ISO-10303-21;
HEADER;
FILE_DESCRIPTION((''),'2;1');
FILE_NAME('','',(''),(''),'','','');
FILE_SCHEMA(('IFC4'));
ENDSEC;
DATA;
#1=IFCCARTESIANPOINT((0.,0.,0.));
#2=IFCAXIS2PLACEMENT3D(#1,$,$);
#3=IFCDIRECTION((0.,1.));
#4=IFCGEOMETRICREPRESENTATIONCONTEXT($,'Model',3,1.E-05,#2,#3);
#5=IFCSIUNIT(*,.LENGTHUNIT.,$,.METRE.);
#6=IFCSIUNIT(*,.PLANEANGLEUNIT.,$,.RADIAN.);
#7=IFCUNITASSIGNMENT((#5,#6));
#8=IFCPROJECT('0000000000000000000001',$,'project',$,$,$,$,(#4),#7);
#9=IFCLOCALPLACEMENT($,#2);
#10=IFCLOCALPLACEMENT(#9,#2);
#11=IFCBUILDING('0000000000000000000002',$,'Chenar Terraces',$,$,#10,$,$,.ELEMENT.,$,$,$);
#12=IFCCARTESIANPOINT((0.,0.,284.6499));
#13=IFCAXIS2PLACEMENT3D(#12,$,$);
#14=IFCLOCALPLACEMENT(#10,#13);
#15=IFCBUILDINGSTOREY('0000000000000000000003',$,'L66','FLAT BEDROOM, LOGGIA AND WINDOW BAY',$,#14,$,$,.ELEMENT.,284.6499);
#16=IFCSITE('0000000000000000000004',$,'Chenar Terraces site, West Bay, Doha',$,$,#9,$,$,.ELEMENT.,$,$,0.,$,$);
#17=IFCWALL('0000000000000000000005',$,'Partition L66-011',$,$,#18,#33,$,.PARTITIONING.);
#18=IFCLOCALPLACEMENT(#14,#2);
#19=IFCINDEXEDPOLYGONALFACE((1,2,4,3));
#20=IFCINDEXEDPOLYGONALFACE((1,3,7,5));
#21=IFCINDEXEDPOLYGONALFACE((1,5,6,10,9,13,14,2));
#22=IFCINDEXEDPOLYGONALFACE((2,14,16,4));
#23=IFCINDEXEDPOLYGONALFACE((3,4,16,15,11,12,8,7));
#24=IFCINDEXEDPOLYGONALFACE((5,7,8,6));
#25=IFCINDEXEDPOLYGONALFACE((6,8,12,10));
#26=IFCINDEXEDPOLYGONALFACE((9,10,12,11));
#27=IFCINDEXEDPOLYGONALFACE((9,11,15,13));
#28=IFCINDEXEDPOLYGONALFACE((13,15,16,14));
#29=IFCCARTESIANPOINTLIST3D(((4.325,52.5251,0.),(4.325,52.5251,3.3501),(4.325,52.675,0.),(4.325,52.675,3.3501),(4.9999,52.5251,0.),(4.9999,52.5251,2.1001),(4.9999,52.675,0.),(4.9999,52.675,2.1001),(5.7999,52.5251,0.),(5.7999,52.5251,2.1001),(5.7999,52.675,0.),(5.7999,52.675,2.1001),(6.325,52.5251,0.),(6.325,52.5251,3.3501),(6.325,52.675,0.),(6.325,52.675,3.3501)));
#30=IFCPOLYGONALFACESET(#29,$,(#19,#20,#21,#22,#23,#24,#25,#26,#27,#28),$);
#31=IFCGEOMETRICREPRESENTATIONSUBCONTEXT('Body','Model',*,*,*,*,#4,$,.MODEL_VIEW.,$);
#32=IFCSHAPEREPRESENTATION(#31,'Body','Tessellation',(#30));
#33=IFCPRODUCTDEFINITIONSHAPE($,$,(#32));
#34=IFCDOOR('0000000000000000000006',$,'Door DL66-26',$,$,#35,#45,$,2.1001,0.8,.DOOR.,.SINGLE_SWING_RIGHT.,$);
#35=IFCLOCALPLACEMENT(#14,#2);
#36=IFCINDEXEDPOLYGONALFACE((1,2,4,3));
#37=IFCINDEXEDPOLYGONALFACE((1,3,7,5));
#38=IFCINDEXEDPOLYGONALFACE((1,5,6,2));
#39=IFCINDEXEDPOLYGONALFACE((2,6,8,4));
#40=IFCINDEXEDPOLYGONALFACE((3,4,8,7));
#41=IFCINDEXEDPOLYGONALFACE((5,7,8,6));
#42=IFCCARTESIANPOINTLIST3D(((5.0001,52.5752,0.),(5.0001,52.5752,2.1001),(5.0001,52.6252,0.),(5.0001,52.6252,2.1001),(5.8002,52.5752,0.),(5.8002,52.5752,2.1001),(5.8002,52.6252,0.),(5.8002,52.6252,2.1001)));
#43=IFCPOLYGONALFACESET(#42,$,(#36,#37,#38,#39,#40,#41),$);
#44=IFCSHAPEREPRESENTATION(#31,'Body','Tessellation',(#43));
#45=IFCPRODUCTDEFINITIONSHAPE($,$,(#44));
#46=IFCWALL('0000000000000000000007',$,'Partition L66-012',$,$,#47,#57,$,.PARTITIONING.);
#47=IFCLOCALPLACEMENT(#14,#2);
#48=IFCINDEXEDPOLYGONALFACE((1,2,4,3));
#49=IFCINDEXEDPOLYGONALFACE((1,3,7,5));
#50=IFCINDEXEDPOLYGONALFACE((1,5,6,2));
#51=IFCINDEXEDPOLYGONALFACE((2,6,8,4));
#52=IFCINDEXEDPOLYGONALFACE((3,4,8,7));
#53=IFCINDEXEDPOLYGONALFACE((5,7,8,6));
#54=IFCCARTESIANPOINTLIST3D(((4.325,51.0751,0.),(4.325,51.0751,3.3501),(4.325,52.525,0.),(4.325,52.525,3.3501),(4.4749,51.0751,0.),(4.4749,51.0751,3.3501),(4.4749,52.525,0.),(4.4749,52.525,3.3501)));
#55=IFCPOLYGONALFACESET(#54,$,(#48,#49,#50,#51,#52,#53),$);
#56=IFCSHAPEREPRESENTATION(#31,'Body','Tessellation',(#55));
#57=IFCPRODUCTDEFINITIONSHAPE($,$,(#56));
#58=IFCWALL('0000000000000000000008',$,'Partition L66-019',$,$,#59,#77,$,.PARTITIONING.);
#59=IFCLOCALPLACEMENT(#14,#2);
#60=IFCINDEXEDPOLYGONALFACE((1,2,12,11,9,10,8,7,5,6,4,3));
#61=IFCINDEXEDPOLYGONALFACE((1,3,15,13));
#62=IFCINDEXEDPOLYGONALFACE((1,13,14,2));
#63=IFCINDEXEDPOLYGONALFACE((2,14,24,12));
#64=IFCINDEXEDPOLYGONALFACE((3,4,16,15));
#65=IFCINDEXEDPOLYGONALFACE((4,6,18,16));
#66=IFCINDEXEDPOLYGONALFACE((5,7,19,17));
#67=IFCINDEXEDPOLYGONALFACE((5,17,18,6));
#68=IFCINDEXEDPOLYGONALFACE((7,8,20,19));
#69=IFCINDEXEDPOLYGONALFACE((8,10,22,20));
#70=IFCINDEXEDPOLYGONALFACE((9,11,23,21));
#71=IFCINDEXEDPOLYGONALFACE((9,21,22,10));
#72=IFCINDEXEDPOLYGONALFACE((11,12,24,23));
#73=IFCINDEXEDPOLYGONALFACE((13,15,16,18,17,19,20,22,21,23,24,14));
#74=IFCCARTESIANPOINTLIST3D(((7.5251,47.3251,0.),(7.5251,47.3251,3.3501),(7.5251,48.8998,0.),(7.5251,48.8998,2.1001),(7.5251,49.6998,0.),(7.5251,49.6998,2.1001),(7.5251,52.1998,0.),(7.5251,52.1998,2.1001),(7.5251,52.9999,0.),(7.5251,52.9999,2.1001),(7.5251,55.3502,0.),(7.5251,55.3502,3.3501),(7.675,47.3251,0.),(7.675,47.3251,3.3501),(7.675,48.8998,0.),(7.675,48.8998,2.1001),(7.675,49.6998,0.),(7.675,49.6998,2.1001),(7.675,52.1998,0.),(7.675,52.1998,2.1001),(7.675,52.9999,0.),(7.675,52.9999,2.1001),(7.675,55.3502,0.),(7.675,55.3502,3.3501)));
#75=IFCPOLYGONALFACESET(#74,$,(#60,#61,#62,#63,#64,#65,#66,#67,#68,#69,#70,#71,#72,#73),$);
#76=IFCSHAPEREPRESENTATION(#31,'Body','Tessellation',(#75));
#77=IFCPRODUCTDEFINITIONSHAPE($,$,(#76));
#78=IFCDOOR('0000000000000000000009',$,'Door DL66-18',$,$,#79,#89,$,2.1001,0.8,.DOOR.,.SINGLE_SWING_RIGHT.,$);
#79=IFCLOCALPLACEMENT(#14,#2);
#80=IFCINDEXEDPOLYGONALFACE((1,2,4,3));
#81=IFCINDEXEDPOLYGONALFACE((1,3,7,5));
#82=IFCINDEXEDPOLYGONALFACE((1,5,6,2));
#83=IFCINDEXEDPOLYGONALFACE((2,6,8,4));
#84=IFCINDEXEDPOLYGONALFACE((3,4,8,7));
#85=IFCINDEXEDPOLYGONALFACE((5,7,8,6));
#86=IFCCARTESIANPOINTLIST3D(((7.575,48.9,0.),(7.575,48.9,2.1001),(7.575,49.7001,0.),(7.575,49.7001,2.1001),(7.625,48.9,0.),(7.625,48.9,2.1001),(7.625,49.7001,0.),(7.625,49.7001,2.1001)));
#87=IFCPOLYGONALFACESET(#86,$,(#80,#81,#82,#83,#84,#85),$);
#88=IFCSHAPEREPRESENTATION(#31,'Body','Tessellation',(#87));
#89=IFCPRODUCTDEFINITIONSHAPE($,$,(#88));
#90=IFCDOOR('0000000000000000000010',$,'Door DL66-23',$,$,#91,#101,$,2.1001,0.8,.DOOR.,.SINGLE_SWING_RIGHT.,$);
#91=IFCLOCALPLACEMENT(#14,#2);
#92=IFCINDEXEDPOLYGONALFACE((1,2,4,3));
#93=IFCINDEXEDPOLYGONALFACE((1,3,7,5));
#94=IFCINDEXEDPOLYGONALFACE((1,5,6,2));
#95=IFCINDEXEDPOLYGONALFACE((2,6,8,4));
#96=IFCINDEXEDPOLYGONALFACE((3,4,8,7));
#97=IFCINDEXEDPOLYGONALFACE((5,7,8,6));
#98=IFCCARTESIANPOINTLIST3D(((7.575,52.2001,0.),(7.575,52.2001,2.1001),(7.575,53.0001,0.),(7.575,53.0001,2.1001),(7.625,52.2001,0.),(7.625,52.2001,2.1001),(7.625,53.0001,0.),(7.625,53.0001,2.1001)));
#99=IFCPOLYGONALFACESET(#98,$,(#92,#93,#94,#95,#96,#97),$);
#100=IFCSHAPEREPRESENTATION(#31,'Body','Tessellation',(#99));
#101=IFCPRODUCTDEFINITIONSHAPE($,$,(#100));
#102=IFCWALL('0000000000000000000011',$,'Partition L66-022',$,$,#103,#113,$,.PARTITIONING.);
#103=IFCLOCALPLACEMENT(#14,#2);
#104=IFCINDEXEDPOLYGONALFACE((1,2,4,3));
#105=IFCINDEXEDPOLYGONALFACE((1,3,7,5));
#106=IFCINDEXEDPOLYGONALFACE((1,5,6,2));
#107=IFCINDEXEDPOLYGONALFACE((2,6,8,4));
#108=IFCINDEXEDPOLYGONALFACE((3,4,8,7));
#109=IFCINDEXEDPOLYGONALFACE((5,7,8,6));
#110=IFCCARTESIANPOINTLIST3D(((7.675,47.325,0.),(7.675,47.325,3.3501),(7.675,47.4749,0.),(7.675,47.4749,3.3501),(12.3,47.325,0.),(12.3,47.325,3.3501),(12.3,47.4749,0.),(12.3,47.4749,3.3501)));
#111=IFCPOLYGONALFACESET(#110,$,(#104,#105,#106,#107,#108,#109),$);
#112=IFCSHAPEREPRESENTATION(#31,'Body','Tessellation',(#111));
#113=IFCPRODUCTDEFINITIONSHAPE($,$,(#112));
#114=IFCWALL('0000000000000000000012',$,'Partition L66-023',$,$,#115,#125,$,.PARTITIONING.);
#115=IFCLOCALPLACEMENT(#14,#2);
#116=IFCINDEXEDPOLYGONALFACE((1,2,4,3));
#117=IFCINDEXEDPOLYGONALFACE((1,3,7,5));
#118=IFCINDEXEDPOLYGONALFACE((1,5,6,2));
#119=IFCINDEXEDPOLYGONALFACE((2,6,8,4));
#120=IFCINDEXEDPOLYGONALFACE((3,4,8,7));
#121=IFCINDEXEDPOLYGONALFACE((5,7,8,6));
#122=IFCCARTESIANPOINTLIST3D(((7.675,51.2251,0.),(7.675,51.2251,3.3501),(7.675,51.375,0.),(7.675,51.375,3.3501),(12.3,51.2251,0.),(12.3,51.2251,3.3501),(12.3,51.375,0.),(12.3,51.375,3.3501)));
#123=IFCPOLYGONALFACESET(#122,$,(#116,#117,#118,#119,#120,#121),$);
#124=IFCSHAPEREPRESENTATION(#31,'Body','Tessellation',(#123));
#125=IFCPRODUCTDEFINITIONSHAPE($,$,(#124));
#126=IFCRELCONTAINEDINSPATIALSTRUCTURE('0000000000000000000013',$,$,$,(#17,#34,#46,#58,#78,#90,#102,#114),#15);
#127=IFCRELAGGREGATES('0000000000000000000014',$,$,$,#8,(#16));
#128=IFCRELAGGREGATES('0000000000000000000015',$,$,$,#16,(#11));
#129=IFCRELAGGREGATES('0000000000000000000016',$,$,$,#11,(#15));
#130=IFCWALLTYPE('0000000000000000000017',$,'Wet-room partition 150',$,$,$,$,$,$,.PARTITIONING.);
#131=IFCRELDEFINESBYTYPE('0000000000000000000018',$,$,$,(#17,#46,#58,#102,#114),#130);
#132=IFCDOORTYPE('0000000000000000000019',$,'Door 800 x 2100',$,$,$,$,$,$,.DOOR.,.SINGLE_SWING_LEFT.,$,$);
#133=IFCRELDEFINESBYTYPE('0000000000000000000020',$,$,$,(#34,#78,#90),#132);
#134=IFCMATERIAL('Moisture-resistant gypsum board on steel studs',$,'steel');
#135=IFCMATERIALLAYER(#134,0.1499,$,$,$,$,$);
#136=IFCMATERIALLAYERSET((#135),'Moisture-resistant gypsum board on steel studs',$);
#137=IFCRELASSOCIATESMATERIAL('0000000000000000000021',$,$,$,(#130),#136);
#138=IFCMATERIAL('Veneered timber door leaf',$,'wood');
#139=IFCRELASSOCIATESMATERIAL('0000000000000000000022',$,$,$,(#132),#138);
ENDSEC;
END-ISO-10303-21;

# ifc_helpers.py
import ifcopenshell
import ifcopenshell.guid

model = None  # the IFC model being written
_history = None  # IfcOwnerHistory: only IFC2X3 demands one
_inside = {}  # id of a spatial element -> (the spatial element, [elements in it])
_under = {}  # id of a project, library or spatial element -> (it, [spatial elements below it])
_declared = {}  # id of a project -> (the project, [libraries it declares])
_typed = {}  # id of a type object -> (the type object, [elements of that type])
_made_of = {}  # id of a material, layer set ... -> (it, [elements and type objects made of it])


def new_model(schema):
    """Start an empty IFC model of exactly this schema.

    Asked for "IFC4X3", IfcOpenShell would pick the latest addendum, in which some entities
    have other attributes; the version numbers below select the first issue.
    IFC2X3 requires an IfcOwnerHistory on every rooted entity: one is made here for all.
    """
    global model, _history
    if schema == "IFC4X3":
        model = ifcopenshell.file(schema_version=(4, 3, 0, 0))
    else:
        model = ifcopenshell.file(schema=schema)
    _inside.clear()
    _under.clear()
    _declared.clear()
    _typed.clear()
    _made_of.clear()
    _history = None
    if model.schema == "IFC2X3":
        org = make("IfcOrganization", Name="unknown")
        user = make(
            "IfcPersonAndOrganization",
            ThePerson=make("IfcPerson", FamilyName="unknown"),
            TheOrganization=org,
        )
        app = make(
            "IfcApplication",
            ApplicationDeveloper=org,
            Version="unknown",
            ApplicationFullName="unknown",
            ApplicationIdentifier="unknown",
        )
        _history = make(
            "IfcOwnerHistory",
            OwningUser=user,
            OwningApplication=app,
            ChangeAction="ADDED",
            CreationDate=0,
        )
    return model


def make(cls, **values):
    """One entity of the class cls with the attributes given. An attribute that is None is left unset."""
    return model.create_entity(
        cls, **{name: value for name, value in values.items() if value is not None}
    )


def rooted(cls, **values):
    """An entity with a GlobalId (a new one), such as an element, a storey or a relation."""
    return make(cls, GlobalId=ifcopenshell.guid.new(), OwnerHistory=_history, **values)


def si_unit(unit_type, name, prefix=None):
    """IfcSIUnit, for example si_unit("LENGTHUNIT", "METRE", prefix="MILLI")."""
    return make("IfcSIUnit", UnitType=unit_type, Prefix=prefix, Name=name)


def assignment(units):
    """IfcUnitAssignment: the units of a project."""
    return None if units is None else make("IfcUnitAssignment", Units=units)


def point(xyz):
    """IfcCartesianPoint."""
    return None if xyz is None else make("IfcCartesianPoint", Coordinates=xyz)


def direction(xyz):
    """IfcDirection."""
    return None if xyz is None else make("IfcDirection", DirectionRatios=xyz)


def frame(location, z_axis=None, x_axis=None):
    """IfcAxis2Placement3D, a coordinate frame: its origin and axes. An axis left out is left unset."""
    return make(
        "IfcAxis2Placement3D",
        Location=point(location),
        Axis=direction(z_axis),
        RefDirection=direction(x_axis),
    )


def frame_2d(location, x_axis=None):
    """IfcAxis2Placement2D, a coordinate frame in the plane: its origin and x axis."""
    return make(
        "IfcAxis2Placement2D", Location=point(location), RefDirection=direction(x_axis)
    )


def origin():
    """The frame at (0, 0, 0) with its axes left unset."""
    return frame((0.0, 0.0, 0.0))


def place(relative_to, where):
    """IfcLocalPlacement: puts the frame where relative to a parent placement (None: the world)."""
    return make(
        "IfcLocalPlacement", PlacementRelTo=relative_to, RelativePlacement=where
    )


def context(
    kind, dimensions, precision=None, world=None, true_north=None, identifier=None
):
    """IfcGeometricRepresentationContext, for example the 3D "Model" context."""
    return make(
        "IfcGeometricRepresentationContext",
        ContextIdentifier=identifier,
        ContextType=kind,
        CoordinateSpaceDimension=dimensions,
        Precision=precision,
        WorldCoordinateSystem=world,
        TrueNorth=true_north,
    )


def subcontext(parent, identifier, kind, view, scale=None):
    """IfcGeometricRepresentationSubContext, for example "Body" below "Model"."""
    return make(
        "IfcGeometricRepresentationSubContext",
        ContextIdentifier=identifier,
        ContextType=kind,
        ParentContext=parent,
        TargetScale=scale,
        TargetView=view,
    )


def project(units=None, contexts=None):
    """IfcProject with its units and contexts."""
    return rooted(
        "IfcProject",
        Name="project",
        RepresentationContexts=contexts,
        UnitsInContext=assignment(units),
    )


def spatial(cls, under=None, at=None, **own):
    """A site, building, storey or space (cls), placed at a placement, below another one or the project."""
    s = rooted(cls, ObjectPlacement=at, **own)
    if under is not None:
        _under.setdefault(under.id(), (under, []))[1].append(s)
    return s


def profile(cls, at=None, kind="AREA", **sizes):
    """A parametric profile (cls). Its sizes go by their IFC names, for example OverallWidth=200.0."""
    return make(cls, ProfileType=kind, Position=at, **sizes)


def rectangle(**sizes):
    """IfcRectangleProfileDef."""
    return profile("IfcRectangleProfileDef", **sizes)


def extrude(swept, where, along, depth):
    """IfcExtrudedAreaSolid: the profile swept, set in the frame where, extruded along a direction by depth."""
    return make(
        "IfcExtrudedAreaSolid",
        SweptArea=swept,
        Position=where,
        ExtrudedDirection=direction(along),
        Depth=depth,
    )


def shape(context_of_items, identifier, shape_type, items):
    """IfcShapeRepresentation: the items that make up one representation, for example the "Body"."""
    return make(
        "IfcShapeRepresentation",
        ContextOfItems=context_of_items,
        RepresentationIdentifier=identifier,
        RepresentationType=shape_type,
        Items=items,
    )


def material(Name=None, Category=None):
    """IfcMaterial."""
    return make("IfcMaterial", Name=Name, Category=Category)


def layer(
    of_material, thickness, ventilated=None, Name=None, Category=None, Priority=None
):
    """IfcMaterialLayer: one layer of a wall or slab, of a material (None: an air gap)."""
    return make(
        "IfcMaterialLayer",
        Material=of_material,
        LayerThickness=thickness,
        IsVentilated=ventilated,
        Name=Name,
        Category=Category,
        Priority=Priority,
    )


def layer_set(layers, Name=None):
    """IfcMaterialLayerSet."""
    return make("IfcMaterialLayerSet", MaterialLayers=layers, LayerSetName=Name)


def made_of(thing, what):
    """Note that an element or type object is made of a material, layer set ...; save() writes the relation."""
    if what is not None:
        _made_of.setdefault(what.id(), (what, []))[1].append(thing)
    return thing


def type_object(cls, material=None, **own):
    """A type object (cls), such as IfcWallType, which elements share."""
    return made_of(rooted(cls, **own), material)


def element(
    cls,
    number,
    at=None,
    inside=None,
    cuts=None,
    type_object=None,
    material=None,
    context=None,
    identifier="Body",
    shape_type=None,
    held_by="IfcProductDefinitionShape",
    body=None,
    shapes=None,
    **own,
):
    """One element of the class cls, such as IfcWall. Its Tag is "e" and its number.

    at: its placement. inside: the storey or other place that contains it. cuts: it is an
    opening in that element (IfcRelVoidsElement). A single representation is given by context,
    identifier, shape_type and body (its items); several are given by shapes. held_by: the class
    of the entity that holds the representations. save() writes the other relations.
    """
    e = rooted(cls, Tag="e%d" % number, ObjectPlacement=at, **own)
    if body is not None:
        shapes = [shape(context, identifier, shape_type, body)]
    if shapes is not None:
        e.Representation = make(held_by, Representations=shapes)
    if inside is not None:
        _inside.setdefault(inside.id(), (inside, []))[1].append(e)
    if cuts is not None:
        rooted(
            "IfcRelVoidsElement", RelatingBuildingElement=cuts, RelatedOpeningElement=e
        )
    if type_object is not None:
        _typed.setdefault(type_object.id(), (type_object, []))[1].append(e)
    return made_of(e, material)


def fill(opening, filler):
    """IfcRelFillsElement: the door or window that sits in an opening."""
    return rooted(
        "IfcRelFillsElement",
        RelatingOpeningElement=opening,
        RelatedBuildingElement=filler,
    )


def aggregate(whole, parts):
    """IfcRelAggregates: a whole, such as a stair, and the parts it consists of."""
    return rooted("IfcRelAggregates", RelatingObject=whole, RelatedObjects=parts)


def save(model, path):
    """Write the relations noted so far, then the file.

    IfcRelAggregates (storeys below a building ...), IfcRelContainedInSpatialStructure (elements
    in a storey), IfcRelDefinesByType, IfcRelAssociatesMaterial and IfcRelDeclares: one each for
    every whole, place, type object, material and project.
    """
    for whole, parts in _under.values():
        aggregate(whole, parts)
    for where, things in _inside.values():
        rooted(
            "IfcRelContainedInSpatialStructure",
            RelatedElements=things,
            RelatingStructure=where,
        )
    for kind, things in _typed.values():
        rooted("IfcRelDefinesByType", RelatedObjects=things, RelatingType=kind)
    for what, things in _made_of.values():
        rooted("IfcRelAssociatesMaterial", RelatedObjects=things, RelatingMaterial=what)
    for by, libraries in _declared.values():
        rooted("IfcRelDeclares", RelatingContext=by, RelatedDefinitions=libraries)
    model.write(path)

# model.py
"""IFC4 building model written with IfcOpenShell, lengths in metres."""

from ifc_helpers import new_model, si_unit, direction, frame, frame_2d, origin, place, context, subcontext, project, spatial, rectangle, extrude, material, layer, layer_set, type_object, element, fill, save


model = new_model("IFC4")

# Units and contexts
model_context = context("Model", 3, precision=1e-05, world=origin(), true_north=direction((0.0, 1.0)))
body_context = subcontext(model_context, "Body", "Model", "MODEL_VIEW")
ifc_project = project(units=[si_unit("LENGTHUNIT", "METRE"), si_unit("PLANEANGLEUNIT", "RADIAN")], contexts=[model_context])

# Site, building, storey
site_placement = place(None, origin())
site = spatial("IfcSite", under=ifc_project, at=site_placement, Name="Chenar Terraces site, West Bay, Doha", CompositionType="ELEMENT", RefElevation=0.0)
building_placement = place(site_placement, origin())
building = spatial("IfcBuilding", under=site, at=building_placement, Name="Chenar Terraces", CompositionType="ELEMENT")
storey_placement = place(building_placement, frame((0.0, 0.0, 284.6499)))
storey = spatial("IfcBuildingStorey", under=building, at=storey_placement, Name="L66", Description="FLAT BEDROOM, LOGGIA AND WINDOW BAY", CompositionType="ELEMENT", Elevation=284.6499)

# Shared definitions
ifc_material_1 = material(Name="Moisture-resistant gypsum board on steel studs", Category="steel")
ifc_layer_1 = layer(ifc_material_1, 0.1499)
ifc_layer_set_1 = layer_set([ifc_layer_1], Name="Moisture-resistant gypsum board on steel studs")
wall_type_1 = type_object("IfcWallType", Name="Wet-room partition 150", PredefinedType="PARTITIONING", material=ifc_layer_set_1)

# Wall, opening, door
wall_1_placement = place(storey_placement, frame((4.325, 52.6001, 0.0), z_axis=(0.0, 0.0, 1.0), x_axis=(1.0, 0.0, 0.0)))
wall_1 = element("IfcWall", 1, at=wall_1_placement, inside=storey, type_object=wall_type_1, Name="Partition L66-011", PredefinedType="PARTITIONING", context=body_context, shape_type="SweptSolid", body=[
    extrude(rectangle(XDim=2.0, YDim=0.1499, at=frame_2d((1.0, 0.0))), origin(), (0.0, 0.0, 1.0), 3.3501),
])
opening_1_placement = place(wall_1_placement, frame((0.675, 0.0, 0.0)))
opening_1 = element("IfcOpeningElement", 2, at=opening_1_placement, cuts=wall_1, PredefinedType="OPENING", context=body_context, shape_type="SweptSolid", body=[
    extrude(rectangle(XDim=0.8, YDim=2.1001, at=frame_2d((0.3999, 1.05))), frame((0.0, 0.085, 0.0), z_axis=(0.0, -1.0, 0.0), x_axis=(1.0, 0.0, 0.0)), (0.0, 0.0, 1.0), 0.1699),
])
ifc_material_2 = material(Name="Veneered timber door leaf", Category="wood")
door_type_1 = type_object("IfcDoorType", Name="Door 800 x 2100", OperationType="SINGLE_SWING_LEFT", PredefinedType="DOOR", material=ifc_material_2)
door_1_placement = place(opening_1_placement, frame((0.8, 0.0, 0.0), z_axis=(0.0, 0.0, 1.0), x_axis=(-1.0, 0.0, 0.0)))
door_1 = element("IfcDoor", 3, at=door_1_placement, inside=storey, type_object=door_type_1, Name="Door DL66-26", OperationType="SINGLE_SWING_RIGHT", OverallHeight=2.1001, OverallWidth=0.8, PredefinedType="DOOR", context=body_context, shape_type="SweptSolid", body=[
    extrude(rectangle(XDim=0.8, YDim=2.1001, at=frame_2d((0.3999, 1.05))), frame((0.0, 0.0249, 0.0), z_axis=(0.0, -1.0, 0.0), x_axis=(1.0, 0.0, 0.0)), (0.0, 0.0, 1.0), 0.05),
])
fill(opening_1, door_1)

# Wall
wall_2_placement = place(storey_placement, frame((4.3999, 51.075, 0.0), z_axis=(0.0, 0.0, 1.0), x_axis=(0.0, 1.0, 0.0)))
element("IfcWall", 4, at=wall_2_placement, inside=storey, type_object=wall_type_1, Name="Partition L66-012", PredefinedType="PARTITIONING", context=body_context, shape_type="SweptSolid", body=[
    extrude(rectangle(XDim=1.45, YDim=0.1499, at=frame_2d((0.7251, 0.0))), origin(), (0.0, 0.0, 1.0), 3.3501),
])

# Wall, openings, doors
wall_3_placement = place(storey_placement, frame((7.6001, 47.325, 0.0), z_axis=(0.0, 0.0, 1.0), x_axis=(0.0, 1.0, 0.0)))
wall_3 = element("IfcWall", 5, at=wall_3_placement, inside=storey, type_object=wall_type_1, Name="Partition L66-019", PredefinedType="PARTITIONING", context=body_context, shape_type="SweptSolid", body=[
    extrude(rectangle(XDim=8.0251, YDim=0.1499, at=frame_2d((4.0127, 0.0))), origin(), (0.0, 0.0, 1.0), 3.3501),
])
opening_2_placement = place(wall_3_placement, frame((1.575, 0.0, 0.0)))
opening_2 = element("IfcOpeningElement", 6, at=opening_2_placement, cuts=wall_3, PredefinedType="OPENING", context=body_context, shape_type="SweptSolid", body=[
    extrude(rectangle(XDim=0.8, YDim=2.1001, at=frame_2d((0.3999, 1.05))), frame((0.0, 0.085, 0.0), z_axis=(0.0, -1.0, 0.0), x_axis=(1.0, 0.0, 0.0)), (0.0, 0.0, 1.0), 0.1699),
])
opening_3_placement = place(wall_3_placement, frame((4.875, 0.0, 0.0)))
opening_3 = element("IfcOpeningElement", 7, at=opening_3_placement, cuts=wall_3, PredefinedType="OPENING", context=body_context, shape_type="SweptSolid", body=[
    extrude(rectangle(XDim=0.8, YDim=2.1001, at=frame_2d((0.3999, 1.05))), frame((0.0, 0.085, 0.0), z_axis=(0.0, -1.0, 0.0), x_axis=(1.0, 0.0, 0.0)), (0.0, 0.0, 1.0), 0.1699),
])
door_2_placement = place(opening_2_placement, frame((0.8, 0.0, 0.0), z_axis=(0.0, 0.0, 1.0), x_axis=(-1.0, 0.0, 0.0)))
door_2 = element("IfcDoor", 8, at=door_2_placement, inside=storey, type_object=door_type_1, Name="Door DL66-18", OperationType="SINGLE_SWING_RIGHT", OverallHeight=2.1001, OverallWidth=0.8, PredefinedType="DOOR", context=body_context, shape_type="SweptSolid", body=[
    extrude(rectangle(XDim=0.8, YDim=2.1001, at=frame_2d((0.3999, 1.05))), frame((0.0, 0.0249, 0.0), z_axis=(0.0, -1.0, 0.0), x_axis=(1.0, 0.0, 0.0)), (0.0, 0.0, 1.0), 0.05),
])
fill(opening_2, door_2)
door_3_placement = place(opening_3_placement, frame((0.8, 0.0, 0.0), z_axis=(0.0, 0.0, 1.0), x_axis=(-1.0, 0.0, 0.0)))
door_3 = element("IfcDoor", 9, at=door_3_placement, inside=storey, type_object=door_type_1, Name="Door DL66-23", OperationType="SINGLE_SWING_RIGHT", OverallHeight=2.1001, OverallWidth=0.8, PredefinedType="DOOR", context=body_context, shape_type="SweptSolid", body=[
    extrude(rectangle(XDim=0.8, YDim=2.1001, at=frame_2d((0.3999, 1.05))), frame((0.0, 0.0249, 0.0), z_axis=(0.0, -1.0, 0.0), x_axis=(1.0, 0.0, 0.0)), (0.0, 0.0, 1.0), 0.05),
])
fill(opening_3, door_3)

# Walls
for number, where, z_axis, x_axis, name in (
    (10, (7.675, 47.3999, 0.0), (0.0, 0.0, 1.0), (1.0, 0.0, 0.0), "Partition L66-022"),
    (11, (7.675, 51.3, 0.0), (0.0, 0.0, 1.0), (1.0, 0.0, 0.0), "Partition L66-023"),
):
    element("IfcWall", number, at=place(storey_placement, frame(where, z_axis=z_axis, x_axis=x_axis)), inside=storey, type_object=wall_type_1, Name=name, PredefinedType="PARTITIONING", context=body_context, shape_type="SweptSolid", body=[
        extrude(rectangle(XDim=4.625, YDim=0.1499, at=frame_2d((2.3125, 0.0))), origin(), (0.0, 0.0, 1.0), 3.3501),
    ])

save(model, "model.ifc")
